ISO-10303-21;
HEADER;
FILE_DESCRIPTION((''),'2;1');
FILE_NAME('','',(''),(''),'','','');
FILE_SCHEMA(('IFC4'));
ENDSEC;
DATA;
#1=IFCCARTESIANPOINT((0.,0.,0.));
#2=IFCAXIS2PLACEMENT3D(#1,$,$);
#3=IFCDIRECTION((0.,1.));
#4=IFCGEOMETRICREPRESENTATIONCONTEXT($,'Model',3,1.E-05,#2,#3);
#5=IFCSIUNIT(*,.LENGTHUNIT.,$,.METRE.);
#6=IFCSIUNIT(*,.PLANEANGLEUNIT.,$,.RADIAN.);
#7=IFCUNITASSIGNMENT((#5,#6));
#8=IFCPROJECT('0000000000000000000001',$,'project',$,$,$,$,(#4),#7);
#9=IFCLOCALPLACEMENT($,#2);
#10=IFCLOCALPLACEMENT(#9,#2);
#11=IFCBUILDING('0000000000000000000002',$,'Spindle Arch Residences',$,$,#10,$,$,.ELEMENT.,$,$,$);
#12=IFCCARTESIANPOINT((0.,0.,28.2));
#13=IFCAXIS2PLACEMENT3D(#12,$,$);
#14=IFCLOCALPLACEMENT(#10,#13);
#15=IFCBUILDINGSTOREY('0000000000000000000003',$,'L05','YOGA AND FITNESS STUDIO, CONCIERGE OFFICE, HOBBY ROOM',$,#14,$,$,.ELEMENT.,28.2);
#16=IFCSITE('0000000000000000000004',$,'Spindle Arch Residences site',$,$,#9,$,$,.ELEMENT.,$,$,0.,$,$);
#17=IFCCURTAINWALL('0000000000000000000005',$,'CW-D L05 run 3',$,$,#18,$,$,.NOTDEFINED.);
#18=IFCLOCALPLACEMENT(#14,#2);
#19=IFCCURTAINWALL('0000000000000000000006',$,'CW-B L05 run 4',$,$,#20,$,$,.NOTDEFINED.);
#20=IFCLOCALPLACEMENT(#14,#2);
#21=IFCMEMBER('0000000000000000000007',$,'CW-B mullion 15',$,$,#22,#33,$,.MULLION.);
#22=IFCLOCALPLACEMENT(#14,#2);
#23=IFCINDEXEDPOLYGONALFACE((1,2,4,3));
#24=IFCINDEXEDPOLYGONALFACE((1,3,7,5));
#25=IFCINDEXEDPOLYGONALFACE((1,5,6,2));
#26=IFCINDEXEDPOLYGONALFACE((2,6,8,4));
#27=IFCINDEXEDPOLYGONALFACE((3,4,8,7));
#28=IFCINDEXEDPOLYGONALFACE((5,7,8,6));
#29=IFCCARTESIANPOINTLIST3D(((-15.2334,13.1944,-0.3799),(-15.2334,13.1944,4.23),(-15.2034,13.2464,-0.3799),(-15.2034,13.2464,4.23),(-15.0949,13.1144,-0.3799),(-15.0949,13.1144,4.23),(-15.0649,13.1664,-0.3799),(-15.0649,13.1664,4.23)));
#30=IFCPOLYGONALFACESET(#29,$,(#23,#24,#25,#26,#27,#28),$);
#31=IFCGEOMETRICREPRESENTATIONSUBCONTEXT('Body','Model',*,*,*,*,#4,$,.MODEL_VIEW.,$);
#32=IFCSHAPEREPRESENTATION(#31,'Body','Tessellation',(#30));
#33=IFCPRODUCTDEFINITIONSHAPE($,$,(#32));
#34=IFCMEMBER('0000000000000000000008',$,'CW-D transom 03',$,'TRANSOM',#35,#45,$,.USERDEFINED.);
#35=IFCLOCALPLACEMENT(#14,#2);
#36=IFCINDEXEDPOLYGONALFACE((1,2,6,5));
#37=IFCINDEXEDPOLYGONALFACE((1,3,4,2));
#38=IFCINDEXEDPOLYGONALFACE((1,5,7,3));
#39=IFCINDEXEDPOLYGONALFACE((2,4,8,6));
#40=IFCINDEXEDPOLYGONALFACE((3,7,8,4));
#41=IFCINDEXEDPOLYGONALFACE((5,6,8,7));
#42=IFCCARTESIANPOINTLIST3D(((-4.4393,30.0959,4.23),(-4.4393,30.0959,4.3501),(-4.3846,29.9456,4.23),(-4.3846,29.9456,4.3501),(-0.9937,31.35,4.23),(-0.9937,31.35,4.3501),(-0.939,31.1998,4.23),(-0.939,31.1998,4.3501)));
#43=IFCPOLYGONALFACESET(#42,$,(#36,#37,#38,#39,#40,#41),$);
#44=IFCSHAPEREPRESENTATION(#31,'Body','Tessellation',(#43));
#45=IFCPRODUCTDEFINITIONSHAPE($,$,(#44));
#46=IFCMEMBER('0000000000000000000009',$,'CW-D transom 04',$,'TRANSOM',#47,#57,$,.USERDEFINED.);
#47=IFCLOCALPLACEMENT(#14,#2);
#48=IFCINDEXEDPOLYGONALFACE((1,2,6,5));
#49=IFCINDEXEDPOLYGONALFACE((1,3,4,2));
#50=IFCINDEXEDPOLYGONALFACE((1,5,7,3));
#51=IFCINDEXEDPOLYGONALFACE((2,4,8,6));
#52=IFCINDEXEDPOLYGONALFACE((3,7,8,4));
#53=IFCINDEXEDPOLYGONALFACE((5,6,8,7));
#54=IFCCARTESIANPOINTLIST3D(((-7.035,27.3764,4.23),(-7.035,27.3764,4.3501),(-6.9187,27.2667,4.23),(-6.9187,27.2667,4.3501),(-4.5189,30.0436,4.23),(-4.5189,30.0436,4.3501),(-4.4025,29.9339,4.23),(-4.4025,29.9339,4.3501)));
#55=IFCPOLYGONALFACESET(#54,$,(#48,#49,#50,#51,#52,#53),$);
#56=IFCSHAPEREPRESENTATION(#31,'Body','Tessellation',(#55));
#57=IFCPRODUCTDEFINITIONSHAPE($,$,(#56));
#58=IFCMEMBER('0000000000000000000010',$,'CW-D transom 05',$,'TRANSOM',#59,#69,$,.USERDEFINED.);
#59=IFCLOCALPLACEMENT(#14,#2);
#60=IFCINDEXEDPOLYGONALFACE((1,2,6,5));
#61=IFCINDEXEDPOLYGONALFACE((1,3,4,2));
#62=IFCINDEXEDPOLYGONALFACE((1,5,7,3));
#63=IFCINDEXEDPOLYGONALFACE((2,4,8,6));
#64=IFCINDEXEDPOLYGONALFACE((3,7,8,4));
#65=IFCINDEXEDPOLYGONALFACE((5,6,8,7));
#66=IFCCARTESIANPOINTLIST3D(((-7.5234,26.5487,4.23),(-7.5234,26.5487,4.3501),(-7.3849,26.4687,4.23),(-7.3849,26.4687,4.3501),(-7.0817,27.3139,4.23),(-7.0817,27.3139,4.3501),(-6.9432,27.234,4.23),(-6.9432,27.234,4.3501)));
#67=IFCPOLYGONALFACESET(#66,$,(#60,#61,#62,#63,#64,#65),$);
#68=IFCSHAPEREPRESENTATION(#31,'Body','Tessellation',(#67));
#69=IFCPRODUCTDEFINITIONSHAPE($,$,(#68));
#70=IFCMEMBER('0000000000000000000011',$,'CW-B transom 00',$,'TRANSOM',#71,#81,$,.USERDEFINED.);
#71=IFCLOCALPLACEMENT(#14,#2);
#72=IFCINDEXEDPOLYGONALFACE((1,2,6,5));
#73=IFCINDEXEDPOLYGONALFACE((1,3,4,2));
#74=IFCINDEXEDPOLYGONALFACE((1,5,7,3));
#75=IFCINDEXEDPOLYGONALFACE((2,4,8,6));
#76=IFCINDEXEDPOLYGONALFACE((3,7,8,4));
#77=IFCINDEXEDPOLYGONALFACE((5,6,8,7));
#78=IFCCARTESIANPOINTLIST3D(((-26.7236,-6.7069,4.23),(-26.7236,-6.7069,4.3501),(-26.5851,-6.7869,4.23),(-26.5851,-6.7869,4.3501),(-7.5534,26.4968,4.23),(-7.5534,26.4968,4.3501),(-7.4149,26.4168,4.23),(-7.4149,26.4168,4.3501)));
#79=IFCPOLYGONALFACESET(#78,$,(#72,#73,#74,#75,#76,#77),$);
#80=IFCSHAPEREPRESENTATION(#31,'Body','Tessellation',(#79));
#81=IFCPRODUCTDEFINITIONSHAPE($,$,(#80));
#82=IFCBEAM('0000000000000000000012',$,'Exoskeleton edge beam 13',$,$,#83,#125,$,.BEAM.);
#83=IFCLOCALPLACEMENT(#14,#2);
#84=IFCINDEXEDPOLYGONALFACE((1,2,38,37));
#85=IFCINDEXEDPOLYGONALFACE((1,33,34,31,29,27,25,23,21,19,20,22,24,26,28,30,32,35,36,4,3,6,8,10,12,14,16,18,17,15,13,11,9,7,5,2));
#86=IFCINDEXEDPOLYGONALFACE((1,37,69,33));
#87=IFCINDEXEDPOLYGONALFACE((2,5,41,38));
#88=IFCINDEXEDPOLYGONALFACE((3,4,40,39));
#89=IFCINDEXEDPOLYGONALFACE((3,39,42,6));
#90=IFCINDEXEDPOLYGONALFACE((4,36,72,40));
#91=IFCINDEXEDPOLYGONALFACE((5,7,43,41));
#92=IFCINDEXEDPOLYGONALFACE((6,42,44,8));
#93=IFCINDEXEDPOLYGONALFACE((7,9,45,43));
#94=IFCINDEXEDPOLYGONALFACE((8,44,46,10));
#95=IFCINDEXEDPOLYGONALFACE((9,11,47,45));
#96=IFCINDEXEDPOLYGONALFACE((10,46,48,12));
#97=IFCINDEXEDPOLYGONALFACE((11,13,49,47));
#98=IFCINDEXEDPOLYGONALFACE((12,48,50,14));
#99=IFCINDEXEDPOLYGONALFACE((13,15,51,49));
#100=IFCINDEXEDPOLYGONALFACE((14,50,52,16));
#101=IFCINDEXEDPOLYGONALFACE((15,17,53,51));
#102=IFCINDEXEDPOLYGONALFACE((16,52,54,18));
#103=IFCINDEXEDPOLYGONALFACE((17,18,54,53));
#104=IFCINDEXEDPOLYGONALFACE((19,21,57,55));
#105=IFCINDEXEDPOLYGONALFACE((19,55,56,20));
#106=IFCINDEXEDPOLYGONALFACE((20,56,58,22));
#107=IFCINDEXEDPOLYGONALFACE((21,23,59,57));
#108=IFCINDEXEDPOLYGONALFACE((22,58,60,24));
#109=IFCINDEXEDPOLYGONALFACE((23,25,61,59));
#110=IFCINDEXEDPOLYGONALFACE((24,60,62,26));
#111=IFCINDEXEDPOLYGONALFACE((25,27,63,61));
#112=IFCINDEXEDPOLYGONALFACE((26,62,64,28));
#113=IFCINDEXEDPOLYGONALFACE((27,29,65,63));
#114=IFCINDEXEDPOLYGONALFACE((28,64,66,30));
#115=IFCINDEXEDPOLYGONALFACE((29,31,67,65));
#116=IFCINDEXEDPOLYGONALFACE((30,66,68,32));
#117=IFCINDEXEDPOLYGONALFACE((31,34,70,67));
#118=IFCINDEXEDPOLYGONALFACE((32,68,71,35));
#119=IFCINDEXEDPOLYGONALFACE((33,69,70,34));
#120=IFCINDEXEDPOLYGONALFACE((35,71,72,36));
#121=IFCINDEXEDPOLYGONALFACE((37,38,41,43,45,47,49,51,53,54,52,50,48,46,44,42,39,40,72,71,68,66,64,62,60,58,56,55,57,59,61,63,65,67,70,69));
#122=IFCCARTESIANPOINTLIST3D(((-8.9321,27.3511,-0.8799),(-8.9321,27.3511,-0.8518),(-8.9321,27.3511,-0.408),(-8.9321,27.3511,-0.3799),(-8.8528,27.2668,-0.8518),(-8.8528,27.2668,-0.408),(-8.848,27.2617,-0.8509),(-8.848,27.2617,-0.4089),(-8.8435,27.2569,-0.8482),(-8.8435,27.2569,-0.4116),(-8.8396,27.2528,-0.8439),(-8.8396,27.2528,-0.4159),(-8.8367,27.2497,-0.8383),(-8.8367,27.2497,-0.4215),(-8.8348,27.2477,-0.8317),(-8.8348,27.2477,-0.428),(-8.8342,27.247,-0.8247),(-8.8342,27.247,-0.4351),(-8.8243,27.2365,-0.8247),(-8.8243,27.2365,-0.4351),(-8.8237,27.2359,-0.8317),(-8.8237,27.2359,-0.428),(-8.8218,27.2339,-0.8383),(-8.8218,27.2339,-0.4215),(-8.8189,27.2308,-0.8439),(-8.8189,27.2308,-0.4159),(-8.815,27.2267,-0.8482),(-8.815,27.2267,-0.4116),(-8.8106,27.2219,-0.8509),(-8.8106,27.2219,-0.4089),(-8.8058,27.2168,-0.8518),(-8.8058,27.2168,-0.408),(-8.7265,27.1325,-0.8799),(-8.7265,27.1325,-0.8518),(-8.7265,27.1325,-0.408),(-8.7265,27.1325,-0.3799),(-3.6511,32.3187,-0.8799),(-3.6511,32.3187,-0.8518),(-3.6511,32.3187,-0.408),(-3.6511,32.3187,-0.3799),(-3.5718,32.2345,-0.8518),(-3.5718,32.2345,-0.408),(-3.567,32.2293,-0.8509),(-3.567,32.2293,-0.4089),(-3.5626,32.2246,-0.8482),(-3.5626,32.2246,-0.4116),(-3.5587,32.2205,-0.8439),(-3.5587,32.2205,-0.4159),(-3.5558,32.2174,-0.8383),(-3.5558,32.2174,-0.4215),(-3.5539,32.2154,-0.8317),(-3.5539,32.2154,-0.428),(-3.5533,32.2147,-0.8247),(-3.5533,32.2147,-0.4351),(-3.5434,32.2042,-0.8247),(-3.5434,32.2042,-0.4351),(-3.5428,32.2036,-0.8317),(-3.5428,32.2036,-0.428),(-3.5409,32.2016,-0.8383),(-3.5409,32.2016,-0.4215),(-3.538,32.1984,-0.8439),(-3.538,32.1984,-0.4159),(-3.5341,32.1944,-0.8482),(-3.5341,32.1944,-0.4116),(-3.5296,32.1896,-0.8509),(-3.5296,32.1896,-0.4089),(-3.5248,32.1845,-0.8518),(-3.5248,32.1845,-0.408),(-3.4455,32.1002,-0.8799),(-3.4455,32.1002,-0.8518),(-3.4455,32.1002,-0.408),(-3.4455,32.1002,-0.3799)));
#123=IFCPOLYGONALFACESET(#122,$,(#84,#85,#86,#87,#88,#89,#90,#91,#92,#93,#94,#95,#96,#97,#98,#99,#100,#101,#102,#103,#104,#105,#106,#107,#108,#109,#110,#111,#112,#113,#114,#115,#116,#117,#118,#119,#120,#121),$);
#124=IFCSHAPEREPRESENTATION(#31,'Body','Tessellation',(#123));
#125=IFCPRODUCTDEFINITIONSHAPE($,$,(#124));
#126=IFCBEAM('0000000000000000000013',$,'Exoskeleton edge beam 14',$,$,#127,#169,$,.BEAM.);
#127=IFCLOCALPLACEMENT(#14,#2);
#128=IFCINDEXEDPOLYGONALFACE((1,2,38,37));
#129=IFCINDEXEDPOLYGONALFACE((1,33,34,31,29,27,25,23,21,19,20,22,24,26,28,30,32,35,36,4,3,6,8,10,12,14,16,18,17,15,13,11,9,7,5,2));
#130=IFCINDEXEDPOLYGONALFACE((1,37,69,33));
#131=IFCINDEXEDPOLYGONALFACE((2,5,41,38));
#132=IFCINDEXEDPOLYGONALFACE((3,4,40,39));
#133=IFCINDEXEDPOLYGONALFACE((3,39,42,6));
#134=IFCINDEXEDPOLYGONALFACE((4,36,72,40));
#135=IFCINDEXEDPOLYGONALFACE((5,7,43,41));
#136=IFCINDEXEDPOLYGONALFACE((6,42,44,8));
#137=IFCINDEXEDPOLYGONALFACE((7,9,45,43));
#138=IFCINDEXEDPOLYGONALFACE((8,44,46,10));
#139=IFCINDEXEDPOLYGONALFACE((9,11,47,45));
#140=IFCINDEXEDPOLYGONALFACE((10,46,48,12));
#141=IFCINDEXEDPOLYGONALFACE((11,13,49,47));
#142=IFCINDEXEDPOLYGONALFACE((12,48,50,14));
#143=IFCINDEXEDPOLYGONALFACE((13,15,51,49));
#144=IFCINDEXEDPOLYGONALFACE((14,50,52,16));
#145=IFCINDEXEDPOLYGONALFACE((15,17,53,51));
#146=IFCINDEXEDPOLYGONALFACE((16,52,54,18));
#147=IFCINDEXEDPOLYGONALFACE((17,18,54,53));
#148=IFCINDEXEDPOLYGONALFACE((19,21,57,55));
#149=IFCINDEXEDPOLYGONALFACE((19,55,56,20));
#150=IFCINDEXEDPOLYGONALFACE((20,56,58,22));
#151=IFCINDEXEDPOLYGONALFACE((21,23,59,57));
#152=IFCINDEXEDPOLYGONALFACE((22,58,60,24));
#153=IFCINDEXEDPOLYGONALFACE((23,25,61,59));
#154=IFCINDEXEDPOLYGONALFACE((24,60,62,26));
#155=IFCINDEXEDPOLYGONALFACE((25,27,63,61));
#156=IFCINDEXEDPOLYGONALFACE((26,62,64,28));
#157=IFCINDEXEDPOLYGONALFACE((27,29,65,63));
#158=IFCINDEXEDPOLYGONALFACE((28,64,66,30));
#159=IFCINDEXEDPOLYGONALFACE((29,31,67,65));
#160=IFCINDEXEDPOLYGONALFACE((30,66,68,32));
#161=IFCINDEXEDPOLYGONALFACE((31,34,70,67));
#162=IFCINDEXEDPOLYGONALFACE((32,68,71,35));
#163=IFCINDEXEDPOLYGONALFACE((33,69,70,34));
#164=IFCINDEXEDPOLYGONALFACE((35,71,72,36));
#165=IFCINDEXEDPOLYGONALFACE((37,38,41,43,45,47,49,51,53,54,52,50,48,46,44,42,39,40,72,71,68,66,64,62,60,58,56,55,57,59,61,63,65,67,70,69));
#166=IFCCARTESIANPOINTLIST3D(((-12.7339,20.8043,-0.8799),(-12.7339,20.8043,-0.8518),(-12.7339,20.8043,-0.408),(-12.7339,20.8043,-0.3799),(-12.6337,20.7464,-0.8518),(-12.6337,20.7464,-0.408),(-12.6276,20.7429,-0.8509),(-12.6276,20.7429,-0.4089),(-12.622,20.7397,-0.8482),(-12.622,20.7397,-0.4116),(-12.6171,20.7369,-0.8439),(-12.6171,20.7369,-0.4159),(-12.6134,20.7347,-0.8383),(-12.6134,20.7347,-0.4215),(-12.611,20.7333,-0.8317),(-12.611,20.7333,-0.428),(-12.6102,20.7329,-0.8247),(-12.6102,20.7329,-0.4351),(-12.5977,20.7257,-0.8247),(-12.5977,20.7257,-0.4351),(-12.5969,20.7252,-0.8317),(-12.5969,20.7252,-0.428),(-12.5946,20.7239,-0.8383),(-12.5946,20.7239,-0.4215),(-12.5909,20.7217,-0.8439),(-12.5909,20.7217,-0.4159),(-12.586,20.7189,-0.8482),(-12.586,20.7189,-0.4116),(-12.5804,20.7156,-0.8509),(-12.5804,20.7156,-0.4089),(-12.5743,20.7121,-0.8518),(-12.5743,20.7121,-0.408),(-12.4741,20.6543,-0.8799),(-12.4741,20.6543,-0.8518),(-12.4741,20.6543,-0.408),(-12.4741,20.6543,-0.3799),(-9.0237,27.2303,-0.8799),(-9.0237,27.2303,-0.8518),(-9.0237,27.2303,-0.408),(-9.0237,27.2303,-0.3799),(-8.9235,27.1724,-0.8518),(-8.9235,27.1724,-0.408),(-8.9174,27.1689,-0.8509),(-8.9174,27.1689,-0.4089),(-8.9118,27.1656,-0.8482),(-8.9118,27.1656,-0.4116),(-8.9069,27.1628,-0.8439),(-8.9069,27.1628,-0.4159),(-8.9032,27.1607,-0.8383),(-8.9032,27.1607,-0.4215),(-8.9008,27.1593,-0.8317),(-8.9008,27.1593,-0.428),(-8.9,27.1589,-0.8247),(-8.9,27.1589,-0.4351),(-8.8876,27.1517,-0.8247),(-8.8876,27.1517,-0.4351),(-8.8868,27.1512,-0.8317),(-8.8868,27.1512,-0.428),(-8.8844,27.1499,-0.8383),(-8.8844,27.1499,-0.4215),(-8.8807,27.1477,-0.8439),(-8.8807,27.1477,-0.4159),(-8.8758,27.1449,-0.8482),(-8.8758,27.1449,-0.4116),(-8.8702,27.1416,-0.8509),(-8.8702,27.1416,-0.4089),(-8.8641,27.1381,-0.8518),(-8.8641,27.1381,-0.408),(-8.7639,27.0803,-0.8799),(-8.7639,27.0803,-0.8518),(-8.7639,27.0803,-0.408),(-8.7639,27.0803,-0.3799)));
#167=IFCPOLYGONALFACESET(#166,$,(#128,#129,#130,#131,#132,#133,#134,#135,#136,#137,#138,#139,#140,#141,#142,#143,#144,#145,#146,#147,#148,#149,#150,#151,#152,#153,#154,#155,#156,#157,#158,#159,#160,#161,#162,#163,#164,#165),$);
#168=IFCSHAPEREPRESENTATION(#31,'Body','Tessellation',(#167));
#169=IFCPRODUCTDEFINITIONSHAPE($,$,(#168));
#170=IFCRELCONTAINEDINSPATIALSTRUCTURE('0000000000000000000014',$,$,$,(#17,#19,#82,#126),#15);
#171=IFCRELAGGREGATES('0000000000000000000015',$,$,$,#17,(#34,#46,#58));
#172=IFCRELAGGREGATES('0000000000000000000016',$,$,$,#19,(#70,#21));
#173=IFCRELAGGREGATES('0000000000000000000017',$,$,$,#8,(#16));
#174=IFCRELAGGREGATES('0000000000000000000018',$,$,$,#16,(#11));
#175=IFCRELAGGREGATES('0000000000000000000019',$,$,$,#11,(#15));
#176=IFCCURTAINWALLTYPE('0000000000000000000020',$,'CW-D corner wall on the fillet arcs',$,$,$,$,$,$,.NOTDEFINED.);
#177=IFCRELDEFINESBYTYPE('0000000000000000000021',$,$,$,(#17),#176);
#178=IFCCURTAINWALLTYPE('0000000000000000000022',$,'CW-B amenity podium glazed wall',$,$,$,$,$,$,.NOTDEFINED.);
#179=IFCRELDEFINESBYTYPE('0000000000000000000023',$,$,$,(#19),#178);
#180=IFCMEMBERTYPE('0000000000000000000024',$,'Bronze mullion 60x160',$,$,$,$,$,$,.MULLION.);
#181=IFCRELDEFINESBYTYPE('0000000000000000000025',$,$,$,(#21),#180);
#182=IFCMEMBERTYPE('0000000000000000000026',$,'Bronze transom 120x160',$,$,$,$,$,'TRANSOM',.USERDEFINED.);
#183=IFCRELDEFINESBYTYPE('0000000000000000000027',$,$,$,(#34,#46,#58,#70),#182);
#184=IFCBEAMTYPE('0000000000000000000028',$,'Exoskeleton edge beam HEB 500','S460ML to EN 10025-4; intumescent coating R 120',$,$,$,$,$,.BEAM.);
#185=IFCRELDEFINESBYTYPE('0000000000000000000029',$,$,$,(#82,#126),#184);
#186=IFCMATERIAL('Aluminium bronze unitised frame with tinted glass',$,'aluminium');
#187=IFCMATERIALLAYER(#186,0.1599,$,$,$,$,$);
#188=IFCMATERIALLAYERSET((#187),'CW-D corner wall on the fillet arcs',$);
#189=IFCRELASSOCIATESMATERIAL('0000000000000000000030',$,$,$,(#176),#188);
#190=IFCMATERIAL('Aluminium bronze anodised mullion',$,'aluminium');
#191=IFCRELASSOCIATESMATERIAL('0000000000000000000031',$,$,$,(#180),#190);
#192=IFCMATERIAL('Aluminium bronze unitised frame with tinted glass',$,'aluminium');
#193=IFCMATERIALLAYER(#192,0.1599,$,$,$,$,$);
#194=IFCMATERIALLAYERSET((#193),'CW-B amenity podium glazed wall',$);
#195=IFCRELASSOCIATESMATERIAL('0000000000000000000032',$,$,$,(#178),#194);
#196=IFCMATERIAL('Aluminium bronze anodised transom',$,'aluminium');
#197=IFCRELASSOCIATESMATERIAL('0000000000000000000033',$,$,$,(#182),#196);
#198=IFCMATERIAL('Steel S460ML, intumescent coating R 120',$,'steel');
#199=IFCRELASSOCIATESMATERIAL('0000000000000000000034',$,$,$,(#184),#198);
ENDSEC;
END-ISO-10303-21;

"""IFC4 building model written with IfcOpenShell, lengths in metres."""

from ifc_helpers import new_model, si_unit, direction, frame, origin, origin_2d, place, context, subcontext, project, spatial, rectangle, i_section, extrude, material, layer, layer_set, material_profile, profile_set, type_object, element, aggregate, save


model = new_model("IFC4")

# Units and contexts
model_context = context("Model", 3, precision=1e-05, world=origin(), true_north=direction((0.0, 1.0)))
body_context = subcontext(model_context, "Body", "Model", "MODEL_VIEW")
ifc_project = project(units=[si_unit("LENGTHUNIT", "METRE"), si_unit("PLANEANGLEUNIT", "RADIAN")], contexts=[model_context])

# Site, building, storey
site_placement = place(None, origin())
site = spatial("IfcSite", under=ifc_project, at=site_placement, Name="Spindle Arch Residences site", CompositionType="ELEMENT", RefElevation=0.0)
building_placement = place(site_placement, origin())
building = spatial("IfcBuilding", under=site, at=building_placement, Name="Spindle Arch Residences", CompositionType="ELEMENT")
storey_placement = place(building_placement, frame((0.0, 0.0, 28.2)))
storey = spatial("IfcBuildingStorey", under=building, at=storey_placement, Name="L05", Description="YOGA AND FITNESS STUDIO, CONCIERGE OFFICE, HOBBY ROOM", CompositionType="ELEMENT", Elevation=28.2)

# Curtain walls, member
ifc_material_1 = material(Name="Aluminium bronze unitised frame with tinted glass", Category="aluminium")
ifc_layer_1 = layer(ifc_material_1, 0.1599)
ifc_layer_set_1 = layer_set([ifc_layer_1], Name="CW-D corner wall on the fillet arcs")
curtain_wall_type_1 = type_object("IfcCurtainWallType", Name="CW-D corner wall on the fillet arcs", PredefinedType="NOTDEFINED", material=ifc_layer_set_1)
curtain_wall_1_placement = place(storey_placement, origin())
curtain_wall_1 = element("IfcCurtainWall", 1, at=curtain_wall_1_placement, inside=storey, type_object=curtain_wall_type_1, Name="CW-D L05 run 3", PredefinedType="NOTDEFINED")
ifc_material_2 = material(Name="Aluminium bronze anodised mullion", Category="aluminium")
ifc_material_profile_1 = material_profile(ifc_material_2, rectangle(XDim=0.1599, YDim=0.0601, at=origin_2d()), Name="MU 60x160")
ifc_profile_set_1 = profile_set([ifc_material_profile_1], Name="Aluminium bronze anodised mullion")
member_type_1 = type_object("IfcMemberType", Name="Bronze mullion 60x160", PredefinedType="MULLION", material=ifc_profile_set_1)
ifc_material_3 = material(Name="Aluminium bronze unitised frame with tinted glass", Category="aluminium")
ifc_layer_2 = layer(ifc_material_3, 0.1599)
ifc_layer_set_2 = layer_set([ifc_layer_2], Name="CW-B amenity podium glazed wall")
curtain_wall_type_2 = type_object("IfcCurtainWallType", Name="CW-B amenity podium glazed wall", PredefinedType="NOTDEFINED", material=ifc_layer_set_2)
curtain_wall_2_placement = place(storey_placement, origin())
curtain_wall_2 = element("IfcCurtainWall", 2, at=curtain_wall_2_placement, inside=storey, type_object=curtain_wall_type_2, Name="CW-B L05 run 4", PredefinedType="NOTDEFINED")
member_1_placement = place(storey_placement, frame((-15.1492, 13.1804, -0.3799), z_axis=(0.0, 0.0, 1.0), x_axis=(0.866025, -0.5, 0.0)))
member_1 = element("IfcMember", 3, at=member_1_placement, type_object=member_type_1, Name="CW-B mullion 15", PredefinedType="MULLION", context=body_context, shape_type="SweptSolid", body=[
    extrude(rectangle(XDim=0.1599, YDim=0.0601, at=origin_2d()), origin(), (0.0, 0.0, 1.0), 4.6099),
])

# Members
ifc_material_4 = material(Name="Aluminium bronze anodised transom", Category="aluminium")
ifc_material_profile_2 = material_profile(ifc_material_4, rectangle(XDim=0.1599, YDim=0.1201, at=origin_2d()), Name="TR 120x160")
ifc_profile_set_2 = profile_set([ifc_material_profile_2], Name="Aluminium bronze anodised transom")
member_type_2 = type_object("IfcMemberType", Name="Bronze transom 120x160", ElementType="TRANSOM", PredefinedType="USERDEFINED", material=ifc_profile_set_2)
member_2_placement = place(storey_placement, frame((-0.9663, 31.2749, 4.29), z_axis=(-0.939686, -0.342037, 0.0), x_axis=(0.342037, -0.939686, 0.0)))
member_2 = element("IfcMember", 4, at=member_2_placement, type_object=member_type_2, Name="CW-D transom 03", ObjectType="TRANSOM", PredefinedType="USERDEFINED", context=body_context, shape_type="SweptSolid", body=[
    extrude(rectangle(XDim=0.1599, YDim=0.1201, at=origin_2d()), origin(), (0.0, 0.0, 1.0), 3.6667),
])
member_3_placement = place(storey_placement, frame((-4.4607, 29.9888, 4.29), z_axis=(-0.686199, -0.727414, 0.0), x_axis=(0.727414, -0.686199, 0.0)))
member_3 = element("IfcMember", 5, at=member_3_placement, type_object=member_type_2, Name="CW-D transom 04", ObjectType="TRANSOM", PredefinedType="USERDEFINED", context=body_context, shape_type="SweptSolid", body=[
    extrude(rectangle(XDim=0.1599, YDim=0.1201, at=origin_2d()), origin(), (0.0, 0.0, 1.0), 3.6667),
])
member_4_placement = place(storey_placement, frame((-7.0125, 27.2739, 4.29), z_axis=(-0.499914, -0.866075, 0.0), x_axis=(0.866075, -0.499914, 0.0)))
member_4 = element("IfcMember", 6, at=member_4_placement, type_object=member_type_2, Name="CW-D transom 05", ObjectType="TRANSOM", PredefinedType="USERDEFINED", context=body_context, shape_type="SweptSolid", body=[
    extrude(rectangle(XDim=0.1599, YDim=0.1201, at=origin_2d()), origin(), (0.0, 0.0, 1.0), 0.8835),
])
member_5_placement = place(storey_placement, frame((-7.4841, 26.4568, 4.29), z_axis=(-0.500001, -0.866025, 0.0), x_axis=(0.866025, -0.500001, 0.0)))
member_5 = element("IfcMember", 7, at=member_5_placement, type_object=member_type_2, Name="CW-B transom 00", ObjectType="TRANSOM", PredefinedType="USERDEFINED", context=body_context, shape_type="SweptSolid", body=[
    extrude(rectangle(XDim=0.1599, YDim=0.1201, at=origin_2d()), origin(), (0.0, 0.0, 1.0), 38.3403),
])

# Beams
ifc_material_5 = material(Name="Steel S460ML, intumescent coating R 120", Category="steel")
ifc_material_profile_3 = material_profile(ifc_material_5, i_section(OverallWidth=0.3, OverallDepth=0.5, WebThickness=0.0144, FlangeThickness=0.0281, FilletRadius=0.0271, at=origin_2d()), Name="HEB 500")
ifc_profile_set_3 = profile_set([ifc_material_profile_3], Name="Steel S460ML, intumescent coating R 120")
beam_type_1 = type_object("IfcBeamType", Name="Exoskeleton edge beam HEB 500", Description="S460ML to EN 10025-4; intumescent coating R 120", PredefinedType="BEAM", material=ifc_profile_set_3)
beam_1_placement = place(storey_placement, frame((-3.5483, 32.2095, -0.6299), z_axis=(-0.728378, -0.685176, 0.0), x_axis=(0.685176, -0.728378, 0.0)))
element("IfcBeam", 8, at=beam_1_placement, inside=storey, type_object=beam_type_1, Name="Exoskeleton edge beam 13", PredefinedType="BEAM", context=body_context, shape_type="SweptSolid", body=[
    extrude(i_section(OverallWidth=0.3, OverallDepth=0.5, WebThickness=0.0144, FlangeThickness=0.0281, FilletRadius=0.0271, at=origin_2d()), origin(), (0.0, 0.0, 1.0), 7.2502),
])
for number, where, z_axis, x_axis, name in (
    (9, (-8.8938, 27.1553, -0.6299), (-0.500014, -0.866017, 0.0), (0.866017, -0.500014, 0.0), "Exoskeleton edge beam 14"),
):
    element("IfcBeam", number, at=place(storey_placement, frame(where, z_axis=z_axis, x_axis=x_axis)), inside=storey, type_object=beam_type_1, Name=name, PredefinedType="BEAM", context=body_context, shape_type="SweptSolid", body=[
        extrude(i_section(OverallWidth=0.3, OverallDepth=0.5, WebThickness=0.0144, FlangeThickness=0.0281, FilletRadius=0.0271, at=origin_2d()), origin(), (0.0, 0.0, 1.0), 7.4202),
    ])

aggregate(curtain_wall_1, [member_2, member_3, member_4])
aggregate(curtain_wall_2, [member_5, member_1])

save(model, "model.ifc")
